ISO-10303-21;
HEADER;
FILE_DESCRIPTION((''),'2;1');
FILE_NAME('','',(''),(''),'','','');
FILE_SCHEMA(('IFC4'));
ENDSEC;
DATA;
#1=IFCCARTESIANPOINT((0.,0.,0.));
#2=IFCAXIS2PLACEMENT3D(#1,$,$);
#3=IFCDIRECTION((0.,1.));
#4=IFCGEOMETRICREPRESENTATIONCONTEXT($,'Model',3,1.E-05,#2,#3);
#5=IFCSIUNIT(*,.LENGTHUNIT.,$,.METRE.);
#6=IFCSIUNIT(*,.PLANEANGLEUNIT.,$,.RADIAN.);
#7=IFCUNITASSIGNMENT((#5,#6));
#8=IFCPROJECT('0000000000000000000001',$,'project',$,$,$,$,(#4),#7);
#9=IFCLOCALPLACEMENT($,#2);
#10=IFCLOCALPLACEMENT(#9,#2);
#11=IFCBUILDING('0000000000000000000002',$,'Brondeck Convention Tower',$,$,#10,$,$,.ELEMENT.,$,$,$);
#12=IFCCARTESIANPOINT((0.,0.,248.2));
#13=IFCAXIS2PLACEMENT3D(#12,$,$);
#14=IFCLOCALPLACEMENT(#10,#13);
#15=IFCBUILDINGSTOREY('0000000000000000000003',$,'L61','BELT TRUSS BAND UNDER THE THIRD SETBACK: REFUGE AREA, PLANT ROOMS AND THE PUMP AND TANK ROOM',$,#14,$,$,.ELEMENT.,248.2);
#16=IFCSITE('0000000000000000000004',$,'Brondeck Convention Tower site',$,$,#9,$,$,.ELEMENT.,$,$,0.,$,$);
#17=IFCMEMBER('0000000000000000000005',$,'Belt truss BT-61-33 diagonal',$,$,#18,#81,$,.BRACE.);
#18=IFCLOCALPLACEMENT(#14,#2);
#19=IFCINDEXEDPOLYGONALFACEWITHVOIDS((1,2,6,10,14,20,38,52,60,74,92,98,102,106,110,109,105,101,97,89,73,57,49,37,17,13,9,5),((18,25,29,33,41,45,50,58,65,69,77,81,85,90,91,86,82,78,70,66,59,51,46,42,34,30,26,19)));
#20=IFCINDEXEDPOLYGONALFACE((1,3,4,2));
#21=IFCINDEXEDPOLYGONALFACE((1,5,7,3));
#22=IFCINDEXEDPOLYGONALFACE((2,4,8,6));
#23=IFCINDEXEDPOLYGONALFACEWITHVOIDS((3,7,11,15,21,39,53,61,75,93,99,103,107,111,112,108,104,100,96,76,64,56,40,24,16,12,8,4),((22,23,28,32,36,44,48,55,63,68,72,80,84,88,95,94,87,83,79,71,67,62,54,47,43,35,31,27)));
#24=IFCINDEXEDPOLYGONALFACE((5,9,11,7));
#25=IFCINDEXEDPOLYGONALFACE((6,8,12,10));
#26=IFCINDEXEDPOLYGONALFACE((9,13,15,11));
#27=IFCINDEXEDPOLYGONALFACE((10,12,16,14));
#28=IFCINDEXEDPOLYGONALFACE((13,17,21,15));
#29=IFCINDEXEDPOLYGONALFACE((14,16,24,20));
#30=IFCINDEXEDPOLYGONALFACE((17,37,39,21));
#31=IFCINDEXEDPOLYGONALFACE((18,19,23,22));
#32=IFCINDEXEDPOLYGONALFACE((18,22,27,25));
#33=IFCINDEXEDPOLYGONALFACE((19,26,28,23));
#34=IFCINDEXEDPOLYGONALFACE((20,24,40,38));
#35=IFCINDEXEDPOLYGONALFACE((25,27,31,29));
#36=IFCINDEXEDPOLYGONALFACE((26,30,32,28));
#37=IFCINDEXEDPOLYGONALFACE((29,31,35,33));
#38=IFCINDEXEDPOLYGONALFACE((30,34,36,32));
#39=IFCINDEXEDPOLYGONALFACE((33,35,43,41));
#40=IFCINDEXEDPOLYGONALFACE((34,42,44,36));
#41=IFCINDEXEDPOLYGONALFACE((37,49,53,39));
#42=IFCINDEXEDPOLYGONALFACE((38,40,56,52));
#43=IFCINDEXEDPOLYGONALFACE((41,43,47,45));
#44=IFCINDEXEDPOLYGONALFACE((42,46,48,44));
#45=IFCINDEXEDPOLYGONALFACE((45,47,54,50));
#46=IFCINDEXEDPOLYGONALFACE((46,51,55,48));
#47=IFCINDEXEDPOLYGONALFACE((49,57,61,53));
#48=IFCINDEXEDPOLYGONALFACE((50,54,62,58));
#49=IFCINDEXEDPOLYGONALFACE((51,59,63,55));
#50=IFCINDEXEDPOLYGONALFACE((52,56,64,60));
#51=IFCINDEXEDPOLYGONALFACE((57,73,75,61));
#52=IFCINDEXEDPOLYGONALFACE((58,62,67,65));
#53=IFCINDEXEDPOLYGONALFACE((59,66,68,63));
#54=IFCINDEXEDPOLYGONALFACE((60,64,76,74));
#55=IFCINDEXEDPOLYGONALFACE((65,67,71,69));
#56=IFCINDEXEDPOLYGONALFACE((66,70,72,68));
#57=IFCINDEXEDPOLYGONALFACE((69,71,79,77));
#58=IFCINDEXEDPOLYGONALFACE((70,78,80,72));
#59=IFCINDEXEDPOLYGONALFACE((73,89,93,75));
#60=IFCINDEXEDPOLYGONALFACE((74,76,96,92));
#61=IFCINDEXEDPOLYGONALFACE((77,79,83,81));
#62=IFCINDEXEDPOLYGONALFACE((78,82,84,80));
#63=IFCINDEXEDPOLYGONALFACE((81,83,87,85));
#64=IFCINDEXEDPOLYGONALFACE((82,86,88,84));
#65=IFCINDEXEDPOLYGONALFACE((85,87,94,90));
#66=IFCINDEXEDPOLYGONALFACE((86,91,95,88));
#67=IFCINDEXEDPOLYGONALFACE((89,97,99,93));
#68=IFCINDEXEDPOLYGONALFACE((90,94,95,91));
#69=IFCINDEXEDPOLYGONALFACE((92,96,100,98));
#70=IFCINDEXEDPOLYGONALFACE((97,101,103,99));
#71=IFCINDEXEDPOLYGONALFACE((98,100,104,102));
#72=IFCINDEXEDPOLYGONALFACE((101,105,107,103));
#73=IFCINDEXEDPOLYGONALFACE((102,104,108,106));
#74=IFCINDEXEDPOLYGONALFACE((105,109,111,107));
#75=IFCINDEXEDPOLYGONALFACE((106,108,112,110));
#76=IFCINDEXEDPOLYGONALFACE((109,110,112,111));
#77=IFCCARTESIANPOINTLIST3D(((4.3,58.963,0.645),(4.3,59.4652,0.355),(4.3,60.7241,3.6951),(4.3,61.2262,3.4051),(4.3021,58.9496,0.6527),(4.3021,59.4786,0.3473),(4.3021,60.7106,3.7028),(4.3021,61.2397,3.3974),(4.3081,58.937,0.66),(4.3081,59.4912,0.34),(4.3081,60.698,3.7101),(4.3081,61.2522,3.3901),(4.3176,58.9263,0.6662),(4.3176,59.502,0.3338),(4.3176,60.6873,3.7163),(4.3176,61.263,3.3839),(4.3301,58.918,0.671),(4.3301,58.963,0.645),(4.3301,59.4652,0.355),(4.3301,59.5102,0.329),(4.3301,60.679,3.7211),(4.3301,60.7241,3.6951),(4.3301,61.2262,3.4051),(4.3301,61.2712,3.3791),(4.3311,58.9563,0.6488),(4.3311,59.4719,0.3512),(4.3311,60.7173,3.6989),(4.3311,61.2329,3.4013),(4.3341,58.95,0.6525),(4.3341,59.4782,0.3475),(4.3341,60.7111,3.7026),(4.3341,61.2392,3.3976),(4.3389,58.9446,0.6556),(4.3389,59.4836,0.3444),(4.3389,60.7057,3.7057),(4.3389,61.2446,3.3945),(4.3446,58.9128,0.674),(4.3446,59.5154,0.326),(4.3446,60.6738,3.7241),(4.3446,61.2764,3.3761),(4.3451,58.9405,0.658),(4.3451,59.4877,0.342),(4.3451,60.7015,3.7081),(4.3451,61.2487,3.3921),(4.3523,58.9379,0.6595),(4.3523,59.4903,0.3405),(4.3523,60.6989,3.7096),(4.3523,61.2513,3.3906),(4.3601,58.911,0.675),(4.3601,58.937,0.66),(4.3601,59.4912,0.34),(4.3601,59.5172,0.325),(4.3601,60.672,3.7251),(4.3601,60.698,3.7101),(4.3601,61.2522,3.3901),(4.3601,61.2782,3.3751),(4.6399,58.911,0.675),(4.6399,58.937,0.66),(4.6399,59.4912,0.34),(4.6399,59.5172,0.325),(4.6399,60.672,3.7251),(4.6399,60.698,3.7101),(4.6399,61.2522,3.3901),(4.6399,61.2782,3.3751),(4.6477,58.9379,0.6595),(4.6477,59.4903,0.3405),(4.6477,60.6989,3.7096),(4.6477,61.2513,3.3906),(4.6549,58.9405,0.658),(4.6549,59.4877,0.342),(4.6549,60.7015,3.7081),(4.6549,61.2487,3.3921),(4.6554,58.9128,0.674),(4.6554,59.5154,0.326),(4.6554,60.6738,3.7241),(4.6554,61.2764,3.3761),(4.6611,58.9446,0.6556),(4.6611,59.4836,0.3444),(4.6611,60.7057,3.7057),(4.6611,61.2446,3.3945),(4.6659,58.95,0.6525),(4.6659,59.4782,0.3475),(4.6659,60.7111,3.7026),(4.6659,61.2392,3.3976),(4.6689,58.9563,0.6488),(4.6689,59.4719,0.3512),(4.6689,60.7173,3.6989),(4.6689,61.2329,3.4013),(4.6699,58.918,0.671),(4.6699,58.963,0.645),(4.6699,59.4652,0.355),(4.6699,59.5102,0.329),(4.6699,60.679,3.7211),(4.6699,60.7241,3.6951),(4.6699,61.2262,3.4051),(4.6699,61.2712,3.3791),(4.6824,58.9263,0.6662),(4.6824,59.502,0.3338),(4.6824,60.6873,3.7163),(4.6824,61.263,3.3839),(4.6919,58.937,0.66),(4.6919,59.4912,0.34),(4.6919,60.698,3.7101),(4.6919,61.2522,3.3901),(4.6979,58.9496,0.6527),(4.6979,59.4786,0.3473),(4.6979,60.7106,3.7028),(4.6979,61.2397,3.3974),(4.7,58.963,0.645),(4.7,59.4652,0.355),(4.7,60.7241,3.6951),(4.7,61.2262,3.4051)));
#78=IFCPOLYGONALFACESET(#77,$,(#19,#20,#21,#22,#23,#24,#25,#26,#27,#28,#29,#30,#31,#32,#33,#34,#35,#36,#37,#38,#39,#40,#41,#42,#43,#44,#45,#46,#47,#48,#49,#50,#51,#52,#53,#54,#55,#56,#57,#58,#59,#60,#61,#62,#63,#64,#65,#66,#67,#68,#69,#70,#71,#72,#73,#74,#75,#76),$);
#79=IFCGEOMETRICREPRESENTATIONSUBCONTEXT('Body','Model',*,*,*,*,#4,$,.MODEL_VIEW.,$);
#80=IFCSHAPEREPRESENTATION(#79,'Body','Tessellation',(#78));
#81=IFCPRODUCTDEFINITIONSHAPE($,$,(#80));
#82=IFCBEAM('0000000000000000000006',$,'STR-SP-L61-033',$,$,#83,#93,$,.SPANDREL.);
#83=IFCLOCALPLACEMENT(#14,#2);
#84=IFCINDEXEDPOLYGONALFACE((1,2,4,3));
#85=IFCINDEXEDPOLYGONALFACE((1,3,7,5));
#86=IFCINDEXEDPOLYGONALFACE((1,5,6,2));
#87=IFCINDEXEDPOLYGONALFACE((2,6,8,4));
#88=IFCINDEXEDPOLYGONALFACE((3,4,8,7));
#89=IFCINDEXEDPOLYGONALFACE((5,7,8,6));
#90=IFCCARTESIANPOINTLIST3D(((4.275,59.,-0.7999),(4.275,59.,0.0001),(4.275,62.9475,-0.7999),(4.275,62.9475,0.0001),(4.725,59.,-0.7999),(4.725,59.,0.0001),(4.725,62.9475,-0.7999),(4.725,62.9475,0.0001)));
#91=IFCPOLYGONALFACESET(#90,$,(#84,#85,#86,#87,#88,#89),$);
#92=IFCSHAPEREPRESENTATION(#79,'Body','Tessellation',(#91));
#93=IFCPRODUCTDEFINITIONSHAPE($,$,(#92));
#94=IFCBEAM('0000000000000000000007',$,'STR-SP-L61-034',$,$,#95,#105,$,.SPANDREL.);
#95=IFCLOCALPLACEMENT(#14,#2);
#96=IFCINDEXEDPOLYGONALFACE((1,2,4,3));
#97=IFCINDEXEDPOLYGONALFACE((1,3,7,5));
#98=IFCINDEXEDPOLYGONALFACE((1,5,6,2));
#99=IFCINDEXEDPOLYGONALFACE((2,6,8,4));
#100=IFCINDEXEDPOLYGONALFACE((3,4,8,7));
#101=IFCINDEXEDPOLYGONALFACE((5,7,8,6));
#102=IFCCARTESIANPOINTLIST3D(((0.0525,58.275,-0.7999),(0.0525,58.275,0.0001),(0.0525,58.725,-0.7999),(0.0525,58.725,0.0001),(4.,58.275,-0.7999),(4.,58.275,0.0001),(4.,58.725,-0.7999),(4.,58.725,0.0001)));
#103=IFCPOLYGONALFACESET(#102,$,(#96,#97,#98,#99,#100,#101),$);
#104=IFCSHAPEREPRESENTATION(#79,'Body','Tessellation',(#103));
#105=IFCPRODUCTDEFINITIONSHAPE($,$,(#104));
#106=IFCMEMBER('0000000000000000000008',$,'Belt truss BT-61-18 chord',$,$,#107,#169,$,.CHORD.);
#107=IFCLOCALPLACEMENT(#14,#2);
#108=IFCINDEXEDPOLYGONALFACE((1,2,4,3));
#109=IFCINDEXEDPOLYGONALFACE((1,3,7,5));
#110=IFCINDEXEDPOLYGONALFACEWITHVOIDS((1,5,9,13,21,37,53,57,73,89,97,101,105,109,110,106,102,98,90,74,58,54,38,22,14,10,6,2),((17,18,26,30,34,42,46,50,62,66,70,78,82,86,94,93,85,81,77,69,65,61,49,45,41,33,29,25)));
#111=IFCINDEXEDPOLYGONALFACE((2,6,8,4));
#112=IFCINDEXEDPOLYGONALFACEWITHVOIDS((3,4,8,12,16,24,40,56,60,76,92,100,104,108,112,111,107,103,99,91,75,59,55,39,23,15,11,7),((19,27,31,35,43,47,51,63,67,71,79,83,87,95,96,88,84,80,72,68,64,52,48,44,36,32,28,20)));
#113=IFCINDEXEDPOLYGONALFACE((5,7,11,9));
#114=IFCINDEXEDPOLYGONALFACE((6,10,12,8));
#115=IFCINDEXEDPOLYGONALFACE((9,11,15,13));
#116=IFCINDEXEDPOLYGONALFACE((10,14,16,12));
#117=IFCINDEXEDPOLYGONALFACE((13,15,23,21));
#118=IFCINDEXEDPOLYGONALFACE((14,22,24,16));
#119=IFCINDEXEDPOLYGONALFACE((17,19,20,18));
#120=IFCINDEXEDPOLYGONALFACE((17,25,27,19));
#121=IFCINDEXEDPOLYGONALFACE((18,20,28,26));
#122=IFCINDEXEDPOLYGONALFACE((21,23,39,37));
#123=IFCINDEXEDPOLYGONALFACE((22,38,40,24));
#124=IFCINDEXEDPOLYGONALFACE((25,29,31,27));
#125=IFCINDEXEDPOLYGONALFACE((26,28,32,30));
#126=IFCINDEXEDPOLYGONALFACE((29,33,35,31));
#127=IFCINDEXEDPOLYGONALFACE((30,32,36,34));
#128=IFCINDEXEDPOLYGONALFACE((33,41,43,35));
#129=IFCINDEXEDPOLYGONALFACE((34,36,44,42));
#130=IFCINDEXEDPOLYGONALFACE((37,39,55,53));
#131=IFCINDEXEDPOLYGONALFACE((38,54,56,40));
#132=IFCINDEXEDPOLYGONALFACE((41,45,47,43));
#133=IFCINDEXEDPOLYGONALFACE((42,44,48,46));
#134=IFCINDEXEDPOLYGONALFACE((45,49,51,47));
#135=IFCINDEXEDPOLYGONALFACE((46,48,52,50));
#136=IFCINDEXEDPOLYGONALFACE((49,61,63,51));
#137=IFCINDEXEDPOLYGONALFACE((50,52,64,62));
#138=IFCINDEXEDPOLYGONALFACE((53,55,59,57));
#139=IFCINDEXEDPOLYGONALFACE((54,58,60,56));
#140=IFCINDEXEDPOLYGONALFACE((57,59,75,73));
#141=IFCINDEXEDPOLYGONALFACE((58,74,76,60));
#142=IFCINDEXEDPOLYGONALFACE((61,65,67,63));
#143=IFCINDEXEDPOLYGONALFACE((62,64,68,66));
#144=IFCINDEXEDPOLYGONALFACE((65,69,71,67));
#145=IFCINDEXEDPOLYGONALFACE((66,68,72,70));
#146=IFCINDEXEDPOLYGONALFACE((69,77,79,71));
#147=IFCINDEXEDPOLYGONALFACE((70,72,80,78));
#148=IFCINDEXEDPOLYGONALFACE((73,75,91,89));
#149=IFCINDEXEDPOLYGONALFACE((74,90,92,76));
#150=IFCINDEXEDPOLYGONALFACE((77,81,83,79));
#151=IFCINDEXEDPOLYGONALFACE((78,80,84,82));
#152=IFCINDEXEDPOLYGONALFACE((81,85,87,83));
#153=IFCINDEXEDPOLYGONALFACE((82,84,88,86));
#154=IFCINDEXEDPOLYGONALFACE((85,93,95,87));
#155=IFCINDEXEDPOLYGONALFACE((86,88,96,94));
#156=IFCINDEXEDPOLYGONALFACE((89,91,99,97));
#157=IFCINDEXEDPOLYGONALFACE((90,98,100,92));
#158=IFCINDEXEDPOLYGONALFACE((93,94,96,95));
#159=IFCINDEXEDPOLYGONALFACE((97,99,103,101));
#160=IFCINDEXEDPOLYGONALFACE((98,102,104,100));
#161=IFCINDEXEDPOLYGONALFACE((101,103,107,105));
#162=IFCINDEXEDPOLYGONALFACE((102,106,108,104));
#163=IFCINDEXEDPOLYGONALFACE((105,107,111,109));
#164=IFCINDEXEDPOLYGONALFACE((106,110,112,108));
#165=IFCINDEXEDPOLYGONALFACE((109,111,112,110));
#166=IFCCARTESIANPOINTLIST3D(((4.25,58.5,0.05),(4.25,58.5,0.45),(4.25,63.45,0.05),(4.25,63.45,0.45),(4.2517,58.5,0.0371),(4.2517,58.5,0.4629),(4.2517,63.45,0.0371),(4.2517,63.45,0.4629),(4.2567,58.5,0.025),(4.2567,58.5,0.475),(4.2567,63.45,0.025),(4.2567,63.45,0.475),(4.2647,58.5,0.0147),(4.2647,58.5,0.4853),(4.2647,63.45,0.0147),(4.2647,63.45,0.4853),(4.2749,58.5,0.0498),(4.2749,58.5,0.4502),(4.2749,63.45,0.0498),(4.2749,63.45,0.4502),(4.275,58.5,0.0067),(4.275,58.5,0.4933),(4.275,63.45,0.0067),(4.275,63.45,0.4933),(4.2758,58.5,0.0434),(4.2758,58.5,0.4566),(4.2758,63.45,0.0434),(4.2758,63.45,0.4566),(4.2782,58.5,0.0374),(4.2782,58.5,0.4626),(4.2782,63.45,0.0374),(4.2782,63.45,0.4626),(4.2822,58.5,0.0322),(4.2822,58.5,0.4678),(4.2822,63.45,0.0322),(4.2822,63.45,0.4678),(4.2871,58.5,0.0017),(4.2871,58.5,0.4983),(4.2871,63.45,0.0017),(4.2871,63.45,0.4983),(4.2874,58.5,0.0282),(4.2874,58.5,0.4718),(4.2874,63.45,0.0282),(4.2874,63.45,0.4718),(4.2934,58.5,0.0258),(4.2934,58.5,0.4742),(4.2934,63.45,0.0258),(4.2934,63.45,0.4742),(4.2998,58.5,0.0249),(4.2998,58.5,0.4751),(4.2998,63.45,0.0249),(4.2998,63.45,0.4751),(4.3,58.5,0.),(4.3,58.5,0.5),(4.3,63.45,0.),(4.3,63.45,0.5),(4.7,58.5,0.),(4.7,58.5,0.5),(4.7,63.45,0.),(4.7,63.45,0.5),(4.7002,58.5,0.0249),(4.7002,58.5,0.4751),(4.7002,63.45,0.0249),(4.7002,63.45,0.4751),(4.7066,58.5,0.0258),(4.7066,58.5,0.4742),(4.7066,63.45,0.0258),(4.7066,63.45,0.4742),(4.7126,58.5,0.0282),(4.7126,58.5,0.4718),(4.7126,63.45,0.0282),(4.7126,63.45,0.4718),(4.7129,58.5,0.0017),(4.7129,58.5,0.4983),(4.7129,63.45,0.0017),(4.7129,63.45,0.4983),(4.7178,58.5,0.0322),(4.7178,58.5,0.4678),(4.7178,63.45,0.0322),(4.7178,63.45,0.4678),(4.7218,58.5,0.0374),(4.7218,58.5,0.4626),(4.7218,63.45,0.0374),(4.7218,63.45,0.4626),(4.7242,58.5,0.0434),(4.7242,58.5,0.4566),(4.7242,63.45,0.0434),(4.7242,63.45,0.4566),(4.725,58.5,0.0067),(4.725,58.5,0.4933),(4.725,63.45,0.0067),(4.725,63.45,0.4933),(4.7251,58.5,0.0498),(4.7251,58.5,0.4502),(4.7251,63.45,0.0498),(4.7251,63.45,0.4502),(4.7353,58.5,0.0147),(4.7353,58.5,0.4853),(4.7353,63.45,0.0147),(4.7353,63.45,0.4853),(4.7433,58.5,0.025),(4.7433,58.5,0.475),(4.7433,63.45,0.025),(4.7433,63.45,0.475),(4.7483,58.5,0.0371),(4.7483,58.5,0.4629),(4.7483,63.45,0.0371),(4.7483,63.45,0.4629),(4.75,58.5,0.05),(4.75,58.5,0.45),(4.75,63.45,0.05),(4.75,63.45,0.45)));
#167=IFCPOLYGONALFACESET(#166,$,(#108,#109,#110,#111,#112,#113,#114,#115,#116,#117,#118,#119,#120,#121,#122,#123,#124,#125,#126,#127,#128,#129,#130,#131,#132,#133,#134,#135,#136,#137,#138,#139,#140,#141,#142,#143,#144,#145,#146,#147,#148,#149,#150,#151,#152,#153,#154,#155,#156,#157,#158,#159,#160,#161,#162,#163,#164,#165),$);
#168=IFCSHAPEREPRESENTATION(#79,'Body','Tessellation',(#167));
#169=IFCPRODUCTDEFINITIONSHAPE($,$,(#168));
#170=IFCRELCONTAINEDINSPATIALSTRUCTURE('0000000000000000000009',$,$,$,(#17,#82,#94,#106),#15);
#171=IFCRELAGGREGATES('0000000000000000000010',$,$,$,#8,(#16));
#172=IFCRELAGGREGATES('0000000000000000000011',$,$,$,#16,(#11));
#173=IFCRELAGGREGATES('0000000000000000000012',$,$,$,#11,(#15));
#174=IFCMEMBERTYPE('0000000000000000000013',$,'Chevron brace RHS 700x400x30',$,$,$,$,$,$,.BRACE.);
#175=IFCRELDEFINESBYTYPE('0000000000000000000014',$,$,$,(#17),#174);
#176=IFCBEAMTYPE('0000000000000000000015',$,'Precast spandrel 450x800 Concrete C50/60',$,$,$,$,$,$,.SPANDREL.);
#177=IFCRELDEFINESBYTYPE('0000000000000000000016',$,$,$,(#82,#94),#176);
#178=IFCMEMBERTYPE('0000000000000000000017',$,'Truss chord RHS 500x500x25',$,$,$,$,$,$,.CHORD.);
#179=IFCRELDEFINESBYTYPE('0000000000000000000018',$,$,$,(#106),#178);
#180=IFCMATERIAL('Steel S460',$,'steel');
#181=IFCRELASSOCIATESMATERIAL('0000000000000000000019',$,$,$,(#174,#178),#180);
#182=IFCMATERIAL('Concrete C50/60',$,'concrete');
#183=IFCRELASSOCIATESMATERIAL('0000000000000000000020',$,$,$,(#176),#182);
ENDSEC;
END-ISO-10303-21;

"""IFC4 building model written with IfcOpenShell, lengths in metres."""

from ifc_helpers import new_model, si_unit, direction, frame, origin, origin_2d, place, context, subcontext, project, spatial, rectangle, hollow_rectangle, extrude, material, material_profile, profile_set, type_object, element, save


model = new_model("IFC4")

# Units and contexts
model_context = context("Model", 3, precision=1e-05, world=origin(), true_north=direction((0.0, 1.0)))
body_context = subcontext(model_context, "Body", "Model", "MODEL_VIEW")
ifc_project = project(units=[si_unit("LENGTHUNIT", "METRE"), si_unit("PLANEANGLEUNIT", "RADIAN")], contexts=[model_context])

# Site, building, storey
site_placement = place(None, origin())
site = spatial("IfcSite", under=ifc_project, at=site_placement, Name="Brondeck Convention Tower site", CompositionType="ELEMENT", RefElevation=0.0)
building_placement = place(site_placement, origin())
building = spatial("IfcBuilding", under=site, at=building_placement, Name="Brondeck Convention Tower", CompositionType="ELEMENT")
storey_placement = place(building_placement, frame((0.0, 0.0, 248.2)))
storey = spatial("IfcBuildingStorey", under=building, at=storey_placement, Name="L61", Description="BELT TRUSS BAND UNDER THE THIRD SETBACK: REFUGE AREA, PLANT ROOMS AND THE PUMP AND TANK ROOM", CompositionType="ELEMENT", Elevation=248.2)

# Shared definitions
ifc_material_1 = material(Name="Concrete C50/60", Category="concrete")

# Member
ifc_material_2 = material(Name="Steel S460", Category="steel")
ifc_material_profile_1 = material_profile(ifc_material_2, hollow_rectangle(XDim=0.3999, YDim=0.7, WallThickness=0.03, InnerFilletRadius=0.03, OuterFilletRadius=0.0601, at=origin_2d()), Name="RHS 700x400x30")
ifc_profile_set_1 = profile_set([ifc_material_profile_1], Name="Steel S460")
member_type_1 = type_object("IfcMemberType", Name="Chevron brace RHS 700x400x30", PredefinedType="BRACE", material=ifc_profile_set_1)
member_1_placement = place(storey_placement, frame((4.5, 59.2141, 0.5), z_axis=(0.0, 0.500008, 0.866021), x_axis=(-1.0, 0.0, 0.0)))
element("IfcMember", 1, at=member_1_placement, inside=storey, type_object=member_type_1, Name="Belt truss BT-61-33 diagonal", PredefinedType="BRACE", context=body_context, shape_type="SweptSolid", body=[
    extrude(hollow_rectangle(XDim=0.3999, YDim=0.7, WallThickness=0.03, InnerFilletRadius=0.03, OuterFilletRadius=0.0601, at=origin_2d()), origin(), (0.0, 0.0, 1.0), 3.522),
])

# Beams
ifc_material_profile_2 = material_profile(ifc_material_1, rectangle(XDim=0.45, YDim=0.8, at=origin_2d()), Name="Precast spandrel 450x800 Concrete C50/60")
ifc_profile_set_2 = profile_set([ifc_material_profile_2], Name="Concrete C50/60")
beam_type = type_object("IfcBeamType", Name="Precast spandrel 450x800 Concrete C50/60", PredefinedType="SPANDREL", material=ifc_profile_set_2)
for number, where, z_axis, x_axis, name in (
    (2, (4.5, 62.9475, -0.3999), (0.0, -1.0, 0.0), (1.0, 0.0, 0.0), "STR-SP-L61-033"),
    (3, (4.0, 58.5, -0.3999), (-1.0, 0.0, 0.0), (0.0, -1.0, 0.0), "STR-SP-L61-034"),
):
    element("IfcBeam", number, at=place(storey_placement, frame(where, z_axis=z_axis, x_axis=x_axis)), inside=storey, type_object=beam_type, Name=name, PredefinedType="SPANDREL", context=body_context, shape_type="SweptSolid", body=[
        extrude(rectangle(XDim=0.45, YDim=0.8, at=origin_2d()), origin(), (0.0, 0.0, 1.0), 3.9475),
    ])

# Member
ifc_material_profile_3 = material_profile(ifc_material_2, hollow_rectangle(XDim=0.5, YDim=0.5, WallThickness=0.0249, InnerFilletRadius=0.0249, OuterFilletRadius=0.05, at=origin_2d()), Name="RHS 500x500x25")
ifc_profile_set_3 = profile_set([ifc_material_profile_3], Name="Steel S460")
member_type_2 = type_object("IfcMemberType", Name="Truss chord RHS 500x500x25", PredefinedType="CHORD", material=ifc_profile_set_3)
for number, where, z_axis, x_axis, name in (
    (4, (4.5, 63.45, 0.25), (0.0, -1.0, 0.0), (1.0, 0.0, 0.0), "Belt truss BT-61-18 chord"),
):
    element("IfcMember", number, at=place(storey_placement, frame(where, z_axis=z_axis, x_axis=x_axis)), inside=storey, type_object=member_type_2, Name=name, PredefinedType="CHORD", context=body_context, shape_type="SweptSolid", body=[
        extrude(hollow_rectangle(XDim=0.5, YDim=0.5, WallThickness=0.0249, InnerFilletRadius=0.0249, OuterFilletRadius=0.05, at=origin_2d()), origin(), (0.0, 0.0, 1.0), 4.95),
    ])

save(model, "model.ifc")
